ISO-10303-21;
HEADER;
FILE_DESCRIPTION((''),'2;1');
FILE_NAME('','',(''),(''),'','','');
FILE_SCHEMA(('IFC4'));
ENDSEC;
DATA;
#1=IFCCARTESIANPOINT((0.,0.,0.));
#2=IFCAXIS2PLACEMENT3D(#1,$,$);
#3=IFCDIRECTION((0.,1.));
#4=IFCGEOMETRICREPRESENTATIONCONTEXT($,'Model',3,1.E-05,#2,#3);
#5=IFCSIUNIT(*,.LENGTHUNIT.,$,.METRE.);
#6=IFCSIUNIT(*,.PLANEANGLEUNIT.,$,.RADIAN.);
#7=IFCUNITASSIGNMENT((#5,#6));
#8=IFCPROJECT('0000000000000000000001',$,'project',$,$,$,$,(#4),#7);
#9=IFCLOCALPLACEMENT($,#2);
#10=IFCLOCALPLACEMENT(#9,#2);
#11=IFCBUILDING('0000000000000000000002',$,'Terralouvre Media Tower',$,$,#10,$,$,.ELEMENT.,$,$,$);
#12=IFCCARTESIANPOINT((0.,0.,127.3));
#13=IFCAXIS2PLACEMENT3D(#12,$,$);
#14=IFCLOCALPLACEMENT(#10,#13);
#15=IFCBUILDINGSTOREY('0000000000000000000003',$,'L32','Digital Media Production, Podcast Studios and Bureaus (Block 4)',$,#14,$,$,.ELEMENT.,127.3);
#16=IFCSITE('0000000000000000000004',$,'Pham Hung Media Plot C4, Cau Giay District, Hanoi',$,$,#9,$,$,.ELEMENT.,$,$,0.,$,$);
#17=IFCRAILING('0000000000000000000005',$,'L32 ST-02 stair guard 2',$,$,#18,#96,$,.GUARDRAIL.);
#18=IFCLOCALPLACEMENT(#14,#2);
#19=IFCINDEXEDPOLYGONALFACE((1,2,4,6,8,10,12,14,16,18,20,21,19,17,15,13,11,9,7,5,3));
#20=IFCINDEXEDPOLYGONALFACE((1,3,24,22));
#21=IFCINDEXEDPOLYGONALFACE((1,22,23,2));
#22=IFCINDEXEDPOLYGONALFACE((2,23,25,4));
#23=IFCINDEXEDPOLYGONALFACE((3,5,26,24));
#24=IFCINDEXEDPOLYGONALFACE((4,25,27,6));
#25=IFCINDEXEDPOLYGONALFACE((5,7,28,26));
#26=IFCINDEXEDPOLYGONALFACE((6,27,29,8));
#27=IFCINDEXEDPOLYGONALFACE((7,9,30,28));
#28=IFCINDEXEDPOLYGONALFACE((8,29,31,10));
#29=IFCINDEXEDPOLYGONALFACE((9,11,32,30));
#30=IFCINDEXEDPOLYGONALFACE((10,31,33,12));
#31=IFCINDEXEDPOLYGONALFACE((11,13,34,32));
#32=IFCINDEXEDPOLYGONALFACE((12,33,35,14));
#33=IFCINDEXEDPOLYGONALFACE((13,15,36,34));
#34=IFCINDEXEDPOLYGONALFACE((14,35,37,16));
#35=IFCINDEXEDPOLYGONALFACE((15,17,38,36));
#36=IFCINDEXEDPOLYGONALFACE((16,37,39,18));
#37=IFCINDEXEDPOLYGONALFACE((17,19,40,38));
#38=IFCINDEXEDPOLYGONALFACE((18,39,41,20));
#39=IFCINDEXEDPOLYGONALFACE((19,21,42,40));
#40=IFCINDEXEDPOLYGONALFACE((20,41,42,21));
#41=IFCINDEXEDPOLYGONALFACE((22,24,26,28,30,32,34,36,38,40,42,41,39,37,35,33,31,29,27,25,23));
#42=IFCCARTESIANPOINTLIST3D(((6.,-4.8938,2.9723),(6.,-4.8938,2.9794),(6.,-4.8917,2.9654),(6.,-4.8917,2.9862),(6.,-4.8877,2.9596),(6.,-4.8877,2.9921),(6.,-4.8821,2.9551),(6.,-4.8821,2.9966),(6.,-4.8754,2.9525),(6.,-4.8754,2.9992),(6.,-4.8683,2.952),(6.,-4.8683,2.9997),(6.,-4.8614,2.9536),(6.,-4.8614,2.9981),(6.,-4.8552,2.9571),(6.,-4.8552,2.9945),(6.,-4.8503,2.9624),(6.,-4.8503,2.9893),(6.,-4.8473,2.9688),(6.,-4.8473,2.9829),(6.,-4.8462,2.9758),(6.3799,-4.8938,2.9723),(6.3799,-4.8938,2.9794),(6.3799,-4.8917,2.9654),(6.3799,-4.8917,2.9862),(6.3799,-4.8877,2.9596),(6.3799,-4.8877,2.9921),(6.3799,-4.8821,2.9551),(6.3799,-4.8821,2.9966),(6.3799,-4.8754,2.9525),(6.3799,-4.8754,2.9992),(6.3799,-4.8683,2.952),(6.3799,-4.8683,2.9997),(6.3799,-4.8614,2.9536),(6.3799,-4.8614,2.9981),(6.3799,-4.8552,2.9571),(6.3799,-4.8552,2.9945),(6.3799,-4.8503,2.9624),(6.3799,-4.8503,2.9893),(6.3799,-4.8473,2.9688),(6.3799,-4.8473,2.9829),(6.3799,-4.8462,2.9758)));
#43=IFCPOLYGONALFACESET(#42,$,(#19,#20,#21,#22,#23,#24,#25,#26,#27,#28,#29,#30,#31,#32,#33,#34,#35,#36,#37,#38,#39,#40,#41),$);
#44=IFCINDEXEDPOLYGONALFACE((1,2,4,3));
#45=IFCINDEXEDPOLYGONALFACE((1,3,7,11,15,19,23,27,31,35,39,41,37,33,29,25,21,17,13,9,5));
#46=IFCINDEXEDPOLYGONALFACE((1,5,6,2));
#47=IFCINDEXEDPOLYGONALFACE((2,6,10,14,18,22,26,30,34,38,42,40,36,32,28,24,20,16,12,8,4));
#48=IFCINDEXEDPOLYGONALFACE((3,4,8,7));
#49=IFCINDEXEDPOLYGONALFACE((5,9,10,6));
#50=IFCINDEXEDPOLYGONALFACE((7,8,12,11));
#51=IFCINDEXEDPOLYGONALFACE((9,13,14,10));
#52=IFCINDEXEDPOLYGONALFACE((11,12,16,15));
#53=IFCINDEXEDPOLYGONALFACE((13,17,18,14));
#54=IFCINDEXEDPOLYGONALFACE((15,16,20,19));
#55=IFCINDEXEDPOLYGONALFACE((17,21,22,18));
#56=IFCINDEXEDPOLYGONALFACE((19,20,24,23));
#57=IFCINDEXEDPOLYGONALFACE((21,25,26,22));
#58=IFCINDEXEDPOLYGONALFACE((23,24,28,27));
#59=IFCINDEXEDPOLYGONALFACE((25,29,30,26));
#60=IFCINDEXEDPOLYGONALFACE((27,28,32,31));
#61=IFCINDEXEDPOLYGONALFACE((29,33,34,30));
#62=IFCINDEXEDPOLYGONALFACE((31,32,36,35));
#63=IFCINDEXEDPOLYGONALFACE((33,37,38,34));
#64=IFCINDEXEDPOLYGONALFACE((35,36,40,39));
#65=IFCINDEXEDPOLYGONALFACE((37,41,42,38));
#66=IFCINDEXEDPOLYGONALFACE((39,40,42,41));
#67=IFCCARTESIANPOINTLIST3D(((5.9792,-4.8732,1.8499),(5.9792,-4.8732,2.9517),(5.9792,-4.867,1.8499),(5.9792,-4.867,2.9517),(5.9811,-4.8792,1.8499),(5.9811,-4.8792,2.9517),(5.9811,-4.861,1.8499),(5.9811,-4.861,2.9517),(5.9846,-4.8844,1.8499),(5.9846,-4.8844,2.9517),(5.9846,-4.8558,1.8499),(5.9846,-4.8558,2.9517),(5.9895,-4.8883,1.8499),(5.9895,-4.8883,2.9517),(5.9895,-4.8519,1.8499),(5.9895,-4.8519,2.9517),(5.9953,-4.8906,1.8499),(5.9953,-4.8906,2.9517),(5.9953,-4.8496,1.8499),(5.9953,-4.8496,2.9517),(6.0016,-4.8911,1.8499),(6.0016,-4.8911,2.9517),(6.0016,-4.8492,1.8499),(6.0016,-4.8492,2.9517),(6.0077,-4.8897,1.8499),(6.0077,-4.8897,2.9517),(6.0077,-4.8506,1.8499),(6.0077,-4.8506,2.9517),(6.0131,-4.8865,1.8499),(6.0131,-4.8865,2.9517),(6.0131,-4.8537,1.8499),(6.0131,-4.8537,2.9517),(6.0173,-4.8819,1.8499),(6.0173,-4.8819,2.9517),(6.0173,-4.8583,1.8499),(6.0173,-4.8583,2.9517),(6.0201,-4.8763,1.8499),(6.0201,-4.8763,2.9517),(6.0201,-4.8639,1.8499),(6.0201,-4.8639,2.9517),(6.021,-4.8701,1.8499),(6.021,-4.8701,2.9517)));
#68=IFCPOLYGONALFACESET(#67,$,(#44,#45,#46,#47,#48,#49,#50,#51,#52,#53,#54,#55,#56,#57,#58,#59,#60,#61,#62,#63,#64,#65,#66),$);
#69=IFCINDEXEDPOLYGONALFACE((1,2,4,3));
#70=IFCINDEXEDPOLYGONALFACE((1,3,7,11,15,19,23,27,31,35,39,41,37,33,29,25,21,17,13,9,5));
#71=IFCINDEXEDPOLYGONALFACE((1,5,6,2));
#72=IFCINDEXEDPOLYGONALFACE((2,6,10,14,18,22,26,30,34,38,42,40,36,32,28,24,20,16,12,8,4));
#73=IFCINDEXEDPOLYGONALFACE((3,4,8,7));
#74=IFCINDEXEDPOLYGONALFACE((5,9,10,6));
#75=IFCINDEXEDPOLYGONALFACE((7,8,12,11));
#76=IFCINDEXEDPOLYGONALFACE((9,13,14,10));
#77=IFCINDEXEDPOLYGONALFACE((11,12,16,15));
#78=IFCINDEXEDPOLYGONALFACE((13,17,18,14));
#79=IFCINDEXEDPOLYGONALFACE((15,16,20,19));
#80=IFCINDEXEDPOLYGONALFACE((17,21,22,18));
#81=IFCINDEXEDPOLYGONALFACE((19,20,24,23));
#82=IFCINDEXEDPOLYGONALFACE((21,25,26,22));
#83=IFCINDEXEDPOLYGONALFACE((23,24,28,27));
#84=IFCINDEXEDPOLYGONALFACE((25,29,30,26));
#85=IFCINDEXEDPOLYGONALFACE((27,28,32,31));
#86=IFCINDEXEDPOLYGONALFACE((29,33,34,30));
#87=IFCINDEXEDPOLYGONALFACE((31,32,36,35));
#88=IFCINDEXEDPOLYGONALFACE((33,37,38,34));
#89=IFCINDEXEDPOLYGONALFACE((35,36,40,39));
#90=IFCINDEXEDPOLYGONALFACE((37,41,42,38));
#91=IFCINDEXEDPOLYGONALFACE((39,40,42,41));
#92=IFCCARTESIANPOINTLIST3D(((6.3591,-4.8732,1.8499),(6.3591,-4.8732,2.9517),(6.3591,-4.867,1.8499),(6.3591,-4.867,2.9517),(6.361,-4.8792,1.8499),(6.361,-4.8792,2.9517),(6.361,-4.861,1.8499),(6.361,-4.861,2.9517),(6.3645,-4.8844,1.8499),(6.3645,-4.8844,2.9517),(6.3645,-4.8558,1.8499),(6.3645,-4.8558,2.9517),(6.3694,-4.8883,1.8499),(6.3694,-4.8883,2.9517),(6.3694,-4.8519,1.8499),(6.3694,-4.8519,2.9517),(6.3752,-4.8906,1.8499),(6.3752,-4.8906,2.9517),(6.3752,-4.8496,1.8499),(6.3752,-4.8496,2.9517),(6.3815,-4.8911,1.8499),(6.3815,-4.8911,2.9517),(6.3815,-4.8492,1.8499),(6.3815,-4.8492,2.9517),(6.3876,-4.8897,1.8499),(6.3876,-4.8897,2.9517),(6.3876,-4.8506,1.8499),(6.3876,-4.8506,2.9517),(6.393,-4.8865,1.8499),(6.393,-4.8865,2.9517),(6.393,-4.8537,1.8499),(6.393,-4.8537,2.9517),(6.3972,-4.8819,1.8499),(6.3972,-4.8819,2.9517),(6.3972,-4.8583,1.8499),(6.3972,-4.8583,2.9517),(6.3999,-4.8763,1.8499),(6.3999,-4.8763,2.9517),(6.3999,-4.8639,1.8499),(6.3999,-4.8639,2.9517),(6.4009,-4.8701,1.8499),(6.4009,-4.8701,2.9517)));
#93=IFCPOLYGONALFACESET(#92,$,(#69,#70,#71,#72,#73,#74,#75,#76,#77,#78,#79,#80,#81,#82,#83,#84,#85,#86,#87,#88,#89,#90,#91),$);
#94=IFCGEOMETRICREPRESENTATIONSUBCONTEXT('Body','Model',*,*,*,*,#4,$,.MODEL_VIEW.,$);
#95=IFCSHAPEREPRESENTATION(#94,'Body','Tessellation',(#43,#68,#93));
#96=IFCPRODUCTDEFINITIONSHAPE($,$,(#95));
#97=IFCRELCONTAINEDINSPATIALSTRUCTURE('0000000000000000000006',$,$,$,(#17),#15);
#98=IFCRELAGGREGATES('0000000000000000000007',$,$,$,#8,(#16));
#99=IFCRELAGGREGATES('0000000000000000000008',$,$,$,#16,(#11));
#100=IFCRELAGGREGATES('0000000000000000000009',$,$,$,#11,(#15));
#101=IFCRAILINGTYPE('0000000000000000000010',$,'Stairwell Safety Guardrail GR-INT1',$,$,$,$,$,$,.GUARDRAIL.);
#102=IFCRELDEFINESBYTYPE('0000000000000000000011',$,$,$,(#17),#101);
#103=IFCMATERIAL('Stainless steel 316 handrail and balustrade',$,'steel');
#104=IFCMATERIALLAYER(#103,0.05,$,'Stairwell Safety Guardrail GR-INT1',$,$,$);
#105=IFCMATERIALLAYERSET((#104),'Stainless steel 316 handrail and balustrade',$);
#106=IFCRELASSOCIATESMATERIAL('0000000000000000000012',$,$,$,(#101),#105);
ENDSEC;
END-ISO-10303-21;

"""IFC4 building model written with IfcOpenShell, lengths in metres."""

from ifc_helpers import new_model, si_unit, direction, frame, origin, origin_2d, place, context, subcontext, project, spatial, circle, extrude, material, layer, layer_set, type_object, element, save


model = new_model("IFC4")

# Units and contexts
model_context = context("Model", 3, precision=1e-05, world=origin(), true_north=direction((0.0, 1.0)))
body_context = subcontext(model_context, "Body", "Model", "MODEL_VIEW")
ifc_project = project(units=[si_unit("LENGTHUNIT", "METRE"), si_unit("PLANEANGLEUNIT", "RADIAN")], contexts=[model_context])

# Site, building, storey
site_placement = place(None, origin())
site = spatial("IfcSite", under=ifc_project, at=site_placement, Name="Pham Hung Media Plot C4, Cau Giay District, Hanoi", CompositionType="ELEMENT", RefElevation=0.0)
building_placement = place(site_placement, origin())
building = spatial("IfcBuilding", under=site, at=building_placement, Name="Terralouvre Media Tower", CompositionType="ELEMENT")
storey_placement = place(building_placement, frame((0.0, 0.0, 127.3)))
storey = spatial("IfcBuildingStorey", under=building, at=storey_placement, Name="L32", Description="Digital Media Production, Podcast Studios and Bureaus (Block 4)", CompositionType="ELEMENT", Elevation=127.3)

# Railing
ifc_material_1 = material(Name="Stainless steel 316 handrail and balustrade", Category="steel")
ifc_layer_1 = layer(ifc_material_1, 0.05, Name="Stairwell Safety Guardrail GR-INT1")
ifc_layer_set_1 = layer_set([ifc_layer_1], Name="Stainless steel 316 handrail and balustrade")
railing_type_1 = type_object("IfcRailingType", Name="Stairwell Safety Guardrail GR-INT1", PredefinedType="GUARDRAIL", material=ifc_layer_set_1)
railing_1_placement = place(storey_placement, frame((6.0, -4.8701, 1.8499)))
element("IfcRailing", 1, at=railing_1_placement, inside=storey, type_object=railing_type_1, Name="L32 ST-02 stair guard 2", PredefinedType="GUARDRAIL", context=body_context, shape_type="SweptSolid", body=[
    extrude(circle(Radius=0.0239, at=origin_2d()), frame((0.0, 0.0, 1.126), z_axis=(1.0, 0.0, 0.0), x_axis=(0.0, 1.0, 0.0)), (0.0, 0.0, 1.0), 0.3799),
    extrude(circle(Radius=0.021, at=origin_2d()), origin(), (0.0, 0.0, 1.0), 1.1018),
    extrude(circle(Radius=0.021, at=origin_2d()), frame((0.3799, 0.0, 0.0)), (0.0, 0.0, 1.0), 1.1018),
])

save(model, "model.ifc")
